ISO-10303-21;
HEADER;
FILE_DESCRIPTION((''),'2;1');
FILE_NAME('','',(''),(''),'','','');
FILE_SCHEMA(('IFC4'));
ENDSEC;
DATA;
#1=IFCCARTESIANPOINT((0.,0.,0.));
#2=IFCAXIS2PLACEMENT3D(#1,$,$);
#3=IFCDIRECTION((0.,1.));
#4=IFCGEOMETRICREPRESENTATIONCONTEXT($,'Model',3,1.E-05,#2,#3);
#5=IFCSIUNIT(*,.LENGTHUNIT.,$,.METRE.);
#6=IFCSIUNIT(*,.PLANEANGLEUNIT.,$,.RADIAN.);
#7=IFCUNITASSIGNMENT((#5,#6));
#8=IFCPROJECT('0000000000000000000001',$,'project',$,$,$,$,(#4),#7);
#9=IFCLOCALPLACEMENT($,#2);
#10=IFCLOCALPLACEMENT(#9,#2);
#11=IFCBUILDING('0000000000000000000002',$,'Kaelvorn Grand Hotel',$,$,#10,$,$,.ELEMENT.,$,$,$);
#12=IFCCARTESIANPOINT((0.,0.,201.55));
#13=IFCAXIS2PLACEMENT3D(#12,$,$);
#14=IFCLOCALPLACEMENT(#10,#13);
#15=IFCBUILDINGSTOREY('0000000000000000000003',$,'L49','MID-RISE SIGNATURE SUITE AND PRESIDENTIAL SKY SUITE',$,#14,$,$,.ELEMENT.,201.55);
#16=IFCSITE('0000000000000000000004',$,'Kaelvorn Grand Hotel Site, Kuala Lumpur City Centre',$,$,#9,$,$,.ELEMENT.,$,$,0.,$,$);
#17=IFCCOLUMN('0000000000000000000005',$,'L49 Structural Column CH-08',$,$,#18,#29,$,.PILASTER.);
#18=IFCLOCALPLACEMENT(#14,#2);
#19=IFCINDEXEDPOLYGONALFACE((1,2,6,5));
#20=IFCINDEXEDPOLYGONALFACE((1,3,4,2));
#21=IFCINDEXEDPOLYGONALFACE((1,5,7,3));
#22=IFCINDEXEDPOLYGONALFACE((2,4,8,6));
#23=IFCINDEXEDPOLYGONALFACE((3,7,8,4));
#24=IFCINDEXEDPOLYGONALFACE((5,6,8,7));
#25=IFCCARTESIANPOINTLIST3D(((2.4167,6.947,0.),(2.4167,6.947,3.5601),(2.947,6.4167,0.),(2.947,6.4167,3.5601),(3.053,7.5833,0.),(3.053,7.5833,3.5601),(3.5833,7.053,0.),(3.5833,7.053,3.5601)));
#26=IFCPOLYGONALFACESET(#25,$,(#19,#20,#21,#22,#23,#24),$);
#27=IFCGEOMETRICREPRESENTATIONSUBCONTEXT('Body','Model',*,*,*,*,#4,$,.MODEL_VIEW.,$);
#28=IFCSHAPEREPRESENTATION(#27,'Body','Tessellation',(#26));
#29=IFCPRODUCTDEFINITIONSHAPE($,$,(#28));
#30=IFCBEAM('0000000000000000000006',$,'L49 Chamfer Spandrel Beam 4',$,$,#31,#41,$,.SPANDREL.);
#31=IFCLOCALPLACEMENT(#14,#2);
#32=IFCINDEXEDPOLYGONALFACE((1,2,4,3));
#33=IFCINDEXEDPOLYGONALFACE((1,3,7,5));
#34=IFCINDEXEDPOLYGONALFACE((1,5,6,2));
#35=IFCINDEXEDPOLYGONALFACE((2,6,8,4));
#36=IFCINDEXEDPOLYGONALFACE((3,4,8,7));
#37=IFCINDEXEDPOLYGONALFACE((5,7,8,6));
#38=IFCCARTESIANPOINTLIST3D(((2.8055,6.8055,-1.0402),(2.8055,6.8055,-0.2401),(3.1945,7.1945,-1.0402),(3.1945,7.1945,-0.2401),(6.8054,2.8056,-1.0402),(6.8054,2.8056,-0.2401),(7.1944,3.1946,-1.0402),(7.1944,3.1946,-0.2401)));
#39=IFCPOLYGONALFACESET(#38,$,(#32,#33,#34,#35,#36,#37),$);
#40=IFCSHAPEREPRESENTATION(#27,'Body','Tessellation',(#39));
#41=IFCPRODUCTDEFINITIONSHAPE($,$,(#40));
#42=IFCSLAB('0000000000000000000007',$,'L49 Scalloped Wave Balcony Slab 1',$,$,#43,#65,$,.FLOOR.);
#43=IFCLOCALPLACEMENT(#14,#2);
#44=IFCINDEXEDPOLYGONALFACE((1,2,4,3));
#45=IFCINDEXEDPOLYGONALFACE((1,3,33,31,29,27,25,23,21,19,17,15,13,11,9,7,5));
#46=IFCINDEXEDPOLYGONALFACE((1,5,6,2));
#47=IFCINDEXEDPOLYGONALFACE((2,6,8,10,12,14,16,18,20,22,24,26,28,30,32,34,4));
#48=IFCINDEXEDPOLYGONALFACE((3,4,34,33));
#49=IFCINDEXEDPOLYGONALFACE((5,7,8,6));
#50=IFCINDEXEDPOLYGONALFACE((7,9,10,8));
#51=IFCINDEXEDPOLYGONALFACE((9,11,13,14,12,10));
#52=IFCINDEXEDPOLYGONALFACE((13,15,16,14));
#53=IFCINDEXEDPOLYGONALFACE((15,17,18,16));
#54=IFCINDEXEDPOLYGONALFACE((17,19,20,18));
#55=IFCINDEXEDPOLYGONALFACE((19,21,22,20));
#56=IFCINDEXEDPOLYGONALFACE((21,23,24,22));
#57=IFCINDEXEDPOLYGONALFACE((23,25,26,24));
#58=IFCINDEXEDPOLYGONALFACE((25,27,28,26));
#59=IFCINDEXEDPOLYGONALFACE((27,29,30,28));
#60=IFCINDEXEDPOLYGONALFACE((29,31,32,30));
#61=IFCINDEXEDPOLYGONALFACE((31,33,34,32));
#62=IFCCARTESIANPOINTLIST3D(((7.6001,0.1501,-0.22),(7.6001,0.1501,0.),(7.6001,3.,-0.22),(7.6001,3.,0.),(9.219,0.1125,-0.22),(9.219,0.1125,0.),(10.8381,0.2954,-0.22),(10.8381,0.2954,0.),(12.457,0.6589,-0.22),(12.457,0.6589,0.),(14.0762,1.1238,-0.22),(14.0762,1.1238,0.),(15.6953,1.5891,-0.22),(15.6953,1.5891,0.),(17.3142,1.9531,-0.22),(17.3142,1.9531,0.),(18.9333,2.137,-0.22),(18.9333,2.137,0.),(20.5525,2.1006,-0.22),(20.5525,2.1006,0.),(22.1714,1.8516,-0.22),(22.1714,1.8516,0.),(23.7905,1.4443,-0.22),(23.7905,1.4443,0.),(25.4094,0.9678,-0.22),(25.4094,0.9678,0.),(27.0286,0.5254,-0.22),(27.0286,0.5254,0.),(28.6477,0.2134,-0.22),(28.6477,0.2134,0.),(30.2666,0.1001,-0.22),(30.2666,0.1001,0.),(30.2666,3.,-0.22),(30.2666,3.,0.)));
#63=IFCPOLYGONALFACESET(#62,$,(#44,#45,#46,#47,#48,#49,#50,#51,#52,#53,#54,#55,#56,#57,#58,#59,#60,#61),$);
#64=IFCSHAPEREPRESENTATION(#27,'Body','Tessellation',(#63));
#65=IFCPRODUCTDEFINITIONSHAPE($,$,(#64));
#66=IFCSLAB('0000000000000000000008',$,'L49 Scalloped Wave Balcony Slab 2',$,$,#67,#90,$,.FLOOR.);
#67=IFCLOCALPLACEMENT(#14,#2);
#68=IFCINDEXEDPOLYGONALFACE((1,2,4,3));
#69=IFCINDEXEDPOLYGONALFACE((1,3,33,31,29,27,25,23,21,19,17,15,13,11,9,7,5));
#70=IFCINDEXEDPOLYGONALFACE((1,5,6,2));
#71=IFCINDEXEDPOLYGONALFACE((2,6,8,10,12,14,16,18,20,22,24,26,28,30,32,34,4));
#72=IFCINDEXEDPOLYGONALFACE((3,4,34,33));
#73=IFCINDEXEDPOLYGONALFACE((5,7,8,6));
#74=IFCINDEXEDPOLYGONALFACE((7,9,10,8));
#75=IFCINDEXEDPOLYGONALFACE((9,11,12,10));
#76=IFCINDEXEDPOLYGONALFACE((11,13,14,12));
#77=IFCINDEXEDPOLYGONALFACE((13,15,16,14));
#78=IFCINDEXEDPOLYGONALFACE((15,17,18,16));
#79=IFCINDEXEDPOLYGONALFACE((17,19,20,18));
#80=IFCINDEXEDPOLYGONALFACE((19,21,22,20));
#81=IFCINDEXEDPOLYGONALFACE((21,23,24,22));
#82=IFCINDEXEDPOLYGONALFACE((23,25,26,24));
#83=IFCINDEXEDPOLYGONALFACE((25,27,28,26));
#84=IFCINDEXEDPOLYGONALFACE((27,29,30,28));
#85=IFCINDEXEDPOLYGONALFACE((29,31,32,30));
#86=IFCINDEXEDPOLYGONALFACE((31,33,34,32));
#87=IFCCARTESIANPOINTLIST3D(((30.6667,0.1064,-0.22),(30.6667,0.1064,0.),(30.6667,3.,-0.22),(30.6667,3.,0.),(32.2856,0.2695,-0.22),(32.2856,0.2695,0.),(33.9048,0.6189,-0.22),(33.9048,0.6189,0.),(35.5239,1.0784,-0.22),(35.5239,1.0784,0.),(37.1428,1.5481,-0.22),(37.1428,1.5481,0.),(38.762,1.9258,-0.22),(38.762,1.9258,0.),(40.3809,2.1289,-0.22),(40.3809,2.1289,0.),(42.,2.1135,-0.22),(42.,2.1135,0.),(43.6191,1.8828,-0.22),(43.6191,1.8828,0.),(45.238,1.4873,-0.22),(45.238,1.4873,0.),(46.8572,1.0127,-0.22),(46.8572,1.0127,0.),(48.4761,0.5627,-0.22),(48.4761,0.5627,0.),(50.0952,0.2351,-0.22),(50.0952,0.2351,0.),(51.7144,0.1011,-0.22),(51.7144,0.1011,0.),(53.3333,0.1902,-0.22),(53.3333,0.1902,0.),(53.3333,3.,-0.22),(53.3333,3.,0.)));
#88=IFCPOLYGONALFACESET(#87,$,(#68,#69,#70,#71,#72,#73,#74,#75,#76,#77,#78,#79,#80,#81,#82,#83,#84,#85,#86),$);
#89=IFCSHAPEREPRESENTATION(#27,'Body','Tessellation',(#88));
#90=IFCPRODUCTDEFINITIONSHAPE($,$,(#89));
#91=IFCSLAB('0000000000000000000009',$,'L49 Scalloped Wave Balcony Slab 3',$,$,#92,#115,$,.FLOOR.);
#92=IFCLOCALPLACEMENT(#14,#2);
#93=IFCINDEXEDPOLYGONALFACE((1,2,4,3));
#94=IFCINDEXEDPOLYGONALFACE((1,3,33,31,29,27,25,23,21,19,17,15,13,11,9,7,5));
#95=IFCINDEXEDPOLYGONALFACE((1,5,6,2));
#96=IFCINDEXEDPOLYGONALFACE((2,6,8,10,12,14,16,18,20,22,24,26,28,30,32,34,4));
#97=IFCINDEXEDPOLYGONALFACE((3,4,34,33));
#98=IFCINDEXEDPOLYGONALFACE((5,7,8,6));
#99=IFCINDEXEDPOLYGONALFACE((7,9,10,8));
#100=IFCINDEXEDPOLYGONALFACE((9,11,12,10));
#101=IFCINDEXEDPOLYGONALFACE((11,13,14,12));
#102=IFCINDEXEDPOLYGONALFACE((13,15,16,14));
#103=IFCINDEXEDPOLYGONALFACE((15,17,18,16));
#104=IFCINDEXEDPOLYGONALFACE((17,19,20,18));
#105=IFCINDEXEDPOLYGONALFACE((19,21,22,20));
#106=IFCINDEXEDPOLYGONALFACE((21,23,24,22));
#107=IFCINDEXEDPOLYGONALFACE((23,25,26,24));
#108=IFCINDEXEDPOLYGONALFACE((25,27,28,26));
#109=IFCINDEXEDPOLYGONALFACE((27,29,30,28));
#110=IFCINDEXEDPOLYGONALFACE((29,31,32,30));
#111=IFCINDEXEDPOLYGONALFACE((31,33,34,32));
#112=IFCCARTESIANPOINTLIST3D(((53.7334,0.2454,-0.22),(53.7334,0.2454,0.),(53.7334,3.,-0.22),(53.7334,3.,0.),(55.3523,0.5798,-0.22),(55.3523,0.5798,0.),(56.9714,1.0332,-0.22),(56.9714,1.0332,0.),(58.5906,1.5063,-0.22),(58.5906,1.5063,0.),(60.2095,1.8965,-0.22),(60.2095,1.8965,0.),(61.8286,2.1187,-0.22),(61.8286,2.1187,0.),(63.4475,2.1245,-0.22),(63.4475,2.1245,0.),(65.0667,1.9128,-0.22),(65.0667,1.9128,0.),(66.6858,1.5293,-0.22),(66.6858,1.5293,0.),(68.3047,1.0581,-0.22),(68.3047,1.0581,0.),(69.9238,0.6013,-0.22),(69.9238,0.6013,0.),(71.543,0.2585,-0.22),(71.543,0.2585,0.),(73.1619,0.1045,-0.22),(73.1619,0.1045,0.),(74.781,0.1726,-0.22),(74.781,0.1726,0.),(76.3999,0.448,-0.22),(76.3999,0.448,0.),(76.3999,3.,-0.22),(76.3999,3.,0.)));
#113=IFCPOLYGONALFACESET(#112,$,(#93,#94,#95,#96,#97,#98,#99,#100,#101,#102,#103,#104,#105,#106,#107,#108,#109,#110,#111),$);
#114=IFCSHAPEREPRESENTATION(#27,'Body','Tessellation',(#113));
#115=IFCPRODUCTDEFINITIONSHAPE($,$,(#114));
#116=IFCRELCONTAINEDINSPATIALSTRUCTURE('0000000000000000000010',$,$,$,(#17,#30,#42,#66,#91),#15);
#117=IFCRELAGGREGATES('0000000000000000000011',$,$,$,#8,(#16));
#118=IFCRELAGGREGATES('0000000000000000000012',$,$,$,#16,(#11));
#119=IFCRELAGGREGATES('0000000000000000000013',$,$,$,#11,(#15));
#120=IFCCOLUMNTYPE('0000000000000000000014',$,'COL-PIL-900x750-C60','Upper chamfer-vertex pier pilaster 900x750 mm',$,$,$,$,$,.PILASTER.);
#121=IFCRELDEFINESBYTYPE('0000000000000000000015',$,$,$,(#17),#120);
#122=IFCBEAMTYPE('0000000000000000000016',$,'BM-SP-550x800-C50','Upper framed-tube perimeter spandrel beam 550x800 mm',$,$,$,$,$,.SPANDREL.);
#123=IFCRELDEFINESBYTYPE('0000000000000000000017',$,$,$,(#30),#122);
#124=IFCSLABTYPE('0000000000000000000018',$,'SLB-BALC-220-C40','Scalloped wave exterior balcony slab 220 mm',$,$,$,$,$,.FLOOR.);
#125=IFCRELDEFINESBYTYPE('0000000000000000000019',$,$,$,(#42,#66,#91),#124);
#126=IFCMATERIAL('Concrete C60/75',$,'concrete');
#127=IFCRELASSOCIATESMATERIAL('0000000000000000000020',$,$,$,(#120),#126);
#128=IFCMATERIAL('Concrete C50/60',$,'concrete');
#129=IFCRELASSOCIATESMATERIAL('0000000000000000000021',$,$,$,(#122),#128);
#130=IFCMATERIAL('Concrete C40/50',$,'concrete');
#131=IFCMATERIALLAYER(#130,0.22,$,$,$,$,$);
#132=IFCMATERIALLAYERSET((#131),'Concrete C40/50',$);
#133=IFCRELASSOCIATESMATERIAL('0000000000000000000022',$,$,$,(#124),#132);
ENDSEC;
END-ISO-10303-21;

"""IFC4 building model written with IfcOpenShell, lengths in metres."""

from ifc_helpers import new_model, si_unit, direction, frame, origin, origin_2d, place, context, subcontext, project, spatial, polyline, rectangle, outline, extrude, material, layer, layer_set, material_profile, profile_set, type_object, element, save


model = new_model("IFC4")

# Units and contexts
model_context = context("Model", 3, precision=1e-05, world=origin(), true_north=direction((0.0, 1.0)))
body_context = subcontext(model_context, "Body", "Model", "MODEL_VIEW")
ifc_project = project(units=[si_unit("LENGTHUNIT", "METRE"), si_unit("PLANEANGLEUNIT", "RADIAN")], contexts=[model_context])

# Site, building, storey
site_placement = place(None, origin())
site = spatial("IfcSite", under=ifc_project, at=site_placement, Name="Kaelvorn Grand Hotel Site, Kuala Lumpur City Centre", CompositionType="ELEMENT", RefElevation=0.0)
building_placement = place(site_placement, origin())
building = spatial("IfcBuilding", under=site, at=building_placement, Name="Kaelvorn Grand Hotel", CompositionType="ELEMENT")
storey_placement = place(building_placement, frame((0.0, 0.0, 201.55)))
storey = spatial("IfcBuildingStorey", under=building, at=storey_placement, Name="L49", Description="MID-RISE SIGNATURE SUITE AND PRESIDENTIAL SKY SUITE", CompositionType="ELEMENT", Elevation=201.55)

# Column
ifc_material_1 = material(Name="Concrete C60/75", Category="concrete")
ifc_material_profile_1 = material_profile(ifc_material_1, rectangle(XDim=0.8999, YDim=0.75, at=origin_2d()), Name="RC PILASTER 900x750")
ifc_profile_set_1 = profile_set([ifc_material_profile_1], Name="Concrete C60/75")
column_type = type_object("IfcColumnType", Name="COL-PIL-900x750-C60", Description="Upper chamfer-vertex pier pilaster 900x750 mm", PredefinedType="PILASTER", material=ifc_profile_set_1)
column_placement = place(storey_placement, frame((3.0, 7.0, 0.0), z_axis=(0.0, 0.0, 1.0), x_axis=(0.707107, 0.707107, 0.0)))
element("IfcColumn", 1, at=column_placement, inside=storey, type_object=column_type, Name="L49 Structural Column CH-08", PredefinedType="PILASTER", context=body_context, shape_type="SweptSolid", body=[
    extrude(rectangle(XDim=0.8999, YDim=0.75, at=origin_2d()), origin(), (0.0, 0.0, 1.0), 3.5601),
])

# Beam
ifc_material_2 = material(Name="Concrete C50/60", Category="concrete")
ifc_material_profile_2 = material_profile(ifc_material_2, rectangle(XDim=0.55, YDim=0.8, at=origin_2d()), Name="RC SPANDREL 550x800")
ifc_profile_set_2 = profile_set([ifc_material_profile_2], Name="Concrete C50/60")
beam_type = type_object("IfcBeamType", Name="BM-SP-550x800-C50", Description="Upper framed-tube perimeter spandrel beam 550x800 mm", PredefinedType="SPANDREL", material=ifc_profile_set_2)
beam_placement = place(storey_placement, frame((3.0, 7.0, -0.6401), z_axis=(0.707107, -0.707107, 0.0), x_axis=(0.707107, 0.707107, 0.0)))
element("IfcBeam", 2, at=beam_placement, inside=storey, type_object=beam_type, Name="L49 Chamfer Spandrel Beam 4", PredefinedType="SPANDREL", context=body_context, shape_type="SweptSolid", body=[
    extrude(rectangle(XDim=0.55, YDim=0.8, at=origin_2d()), origin(), (0.0, 0.0, 1.0), 5.6567),
])

# Slabs
ifc_material_3 = material(Name="Concrete C40/50", Category="concrete")
ifc_layer_1 = layer(ifc_material_3, 0.22)
ifc_layer_set_1 = layer_set([ifc_layer_1], Name="Concrete C40/50")
slab_type_1 = type_object("IfcSlabType", Name="SLB-BALC-220-C40", Description="Scalloped wave exterior balcony slab 220 mm", PredefinedType="FLOOR", material=ifc_layer_set_1)
slab_1_placement = place(storey_placement, frame((0.0, 0.0, -0.22)))
element("IfcSlab", 3, at=slab_1_placement, inside=storey, type_object=slab_type_1, Name="L49 Scalloped Wave Balcony Slab 1", PredefinedType="FLOOR", context=body_context, shape_type="SweptSolid", body=[
    extrude(outline(polyline([(7.6001, 0.1501), (9.219, 0.1125), (10.8381, 0.2954), (12.457, 0.6589), (14.0762, 1.1238), (15.6953, 1.5891), (17.3142, 1.9531), (18.9333, 2.137), (20.5525, 2.1006), (22.1714, 1.8516), (23.7905, 1.4443), (25.4094, 0.9678), (27.0286, 0.5254), (28.6477, 0.2134), (30.2666, 0.1001), (30.2666, 3.0), (7.6001, 3.0), (7.6001, 0.1501)])), origin(), (0.0, 0.0, 1.0), 0.22),
])
slab_2_placement = place(storey_placement, frame((0.0, 0.0, -0.22)))
element("IfcSlab", 4, at=slab_2_placement, inside=storey, type_object=slab_type_1, Name="L49 Scalloped Wave Balcony Slab 2", PredefinedType="FLOOR", context=body_context, shape_type="SweptSolid", body=[
    extrude(outline(polyline([(30.6667, 0.1064), (32.2856, 0.2695), (33.9048, 0.6189), (35.5239, 1.0784), (37.1428, 1.5481), (38.762, 1.9258), (40.3809, 2.1289), (42.0, 2.1135), (43.6191, 1.8828), (45.238, 1.4873), (46.8572, 1.0127), (48.4761, 0.5627), (50.0952, 0.2351), (51.7144, 0.1011), (53.3333, 0.1902), (53.3333, 3.0), (30.6667, 3.0), (30.6667, 0.1064)])), origin(), (0.0, 0.0, 1.0), 0.22),
])
slab_3_placement = place(storey_placement, frame((0.0, 0.0, -0.22)))
element("IfcSlab", 5, at=slab_3_placement, inside=storey, type_object=slab_type_1, Name="L49 Scalloped Wave Balcony Slab 3", PredefinedType="FLOOR", context=body_context, shape_type="SweptSolid", body=[
    extrude(outline(polyline([(53.7334, 0.2454), (55.3523, 0.5798), (56.9714, 1.0332), (58.5906, 1.5063), (60.2095, 1.8965), (61.8286, 2.1187), (63.4475, 2.1245), (65.0667, 1.9128), (66.6858, 1.5293), (68.3047, 1.0581), (69.9238, 0.6013), (71.543, 0.2585), (73.1619, 0.1045), (74.781, 0.1726), (76.3999, 0.448), (76.3999, 3.0), (53.7334, 3.0), (53.7334, 0.2454)])), origin(), (0.0, 0.0, 1.0), 0.22),
])

save(model, "model.ifc")
